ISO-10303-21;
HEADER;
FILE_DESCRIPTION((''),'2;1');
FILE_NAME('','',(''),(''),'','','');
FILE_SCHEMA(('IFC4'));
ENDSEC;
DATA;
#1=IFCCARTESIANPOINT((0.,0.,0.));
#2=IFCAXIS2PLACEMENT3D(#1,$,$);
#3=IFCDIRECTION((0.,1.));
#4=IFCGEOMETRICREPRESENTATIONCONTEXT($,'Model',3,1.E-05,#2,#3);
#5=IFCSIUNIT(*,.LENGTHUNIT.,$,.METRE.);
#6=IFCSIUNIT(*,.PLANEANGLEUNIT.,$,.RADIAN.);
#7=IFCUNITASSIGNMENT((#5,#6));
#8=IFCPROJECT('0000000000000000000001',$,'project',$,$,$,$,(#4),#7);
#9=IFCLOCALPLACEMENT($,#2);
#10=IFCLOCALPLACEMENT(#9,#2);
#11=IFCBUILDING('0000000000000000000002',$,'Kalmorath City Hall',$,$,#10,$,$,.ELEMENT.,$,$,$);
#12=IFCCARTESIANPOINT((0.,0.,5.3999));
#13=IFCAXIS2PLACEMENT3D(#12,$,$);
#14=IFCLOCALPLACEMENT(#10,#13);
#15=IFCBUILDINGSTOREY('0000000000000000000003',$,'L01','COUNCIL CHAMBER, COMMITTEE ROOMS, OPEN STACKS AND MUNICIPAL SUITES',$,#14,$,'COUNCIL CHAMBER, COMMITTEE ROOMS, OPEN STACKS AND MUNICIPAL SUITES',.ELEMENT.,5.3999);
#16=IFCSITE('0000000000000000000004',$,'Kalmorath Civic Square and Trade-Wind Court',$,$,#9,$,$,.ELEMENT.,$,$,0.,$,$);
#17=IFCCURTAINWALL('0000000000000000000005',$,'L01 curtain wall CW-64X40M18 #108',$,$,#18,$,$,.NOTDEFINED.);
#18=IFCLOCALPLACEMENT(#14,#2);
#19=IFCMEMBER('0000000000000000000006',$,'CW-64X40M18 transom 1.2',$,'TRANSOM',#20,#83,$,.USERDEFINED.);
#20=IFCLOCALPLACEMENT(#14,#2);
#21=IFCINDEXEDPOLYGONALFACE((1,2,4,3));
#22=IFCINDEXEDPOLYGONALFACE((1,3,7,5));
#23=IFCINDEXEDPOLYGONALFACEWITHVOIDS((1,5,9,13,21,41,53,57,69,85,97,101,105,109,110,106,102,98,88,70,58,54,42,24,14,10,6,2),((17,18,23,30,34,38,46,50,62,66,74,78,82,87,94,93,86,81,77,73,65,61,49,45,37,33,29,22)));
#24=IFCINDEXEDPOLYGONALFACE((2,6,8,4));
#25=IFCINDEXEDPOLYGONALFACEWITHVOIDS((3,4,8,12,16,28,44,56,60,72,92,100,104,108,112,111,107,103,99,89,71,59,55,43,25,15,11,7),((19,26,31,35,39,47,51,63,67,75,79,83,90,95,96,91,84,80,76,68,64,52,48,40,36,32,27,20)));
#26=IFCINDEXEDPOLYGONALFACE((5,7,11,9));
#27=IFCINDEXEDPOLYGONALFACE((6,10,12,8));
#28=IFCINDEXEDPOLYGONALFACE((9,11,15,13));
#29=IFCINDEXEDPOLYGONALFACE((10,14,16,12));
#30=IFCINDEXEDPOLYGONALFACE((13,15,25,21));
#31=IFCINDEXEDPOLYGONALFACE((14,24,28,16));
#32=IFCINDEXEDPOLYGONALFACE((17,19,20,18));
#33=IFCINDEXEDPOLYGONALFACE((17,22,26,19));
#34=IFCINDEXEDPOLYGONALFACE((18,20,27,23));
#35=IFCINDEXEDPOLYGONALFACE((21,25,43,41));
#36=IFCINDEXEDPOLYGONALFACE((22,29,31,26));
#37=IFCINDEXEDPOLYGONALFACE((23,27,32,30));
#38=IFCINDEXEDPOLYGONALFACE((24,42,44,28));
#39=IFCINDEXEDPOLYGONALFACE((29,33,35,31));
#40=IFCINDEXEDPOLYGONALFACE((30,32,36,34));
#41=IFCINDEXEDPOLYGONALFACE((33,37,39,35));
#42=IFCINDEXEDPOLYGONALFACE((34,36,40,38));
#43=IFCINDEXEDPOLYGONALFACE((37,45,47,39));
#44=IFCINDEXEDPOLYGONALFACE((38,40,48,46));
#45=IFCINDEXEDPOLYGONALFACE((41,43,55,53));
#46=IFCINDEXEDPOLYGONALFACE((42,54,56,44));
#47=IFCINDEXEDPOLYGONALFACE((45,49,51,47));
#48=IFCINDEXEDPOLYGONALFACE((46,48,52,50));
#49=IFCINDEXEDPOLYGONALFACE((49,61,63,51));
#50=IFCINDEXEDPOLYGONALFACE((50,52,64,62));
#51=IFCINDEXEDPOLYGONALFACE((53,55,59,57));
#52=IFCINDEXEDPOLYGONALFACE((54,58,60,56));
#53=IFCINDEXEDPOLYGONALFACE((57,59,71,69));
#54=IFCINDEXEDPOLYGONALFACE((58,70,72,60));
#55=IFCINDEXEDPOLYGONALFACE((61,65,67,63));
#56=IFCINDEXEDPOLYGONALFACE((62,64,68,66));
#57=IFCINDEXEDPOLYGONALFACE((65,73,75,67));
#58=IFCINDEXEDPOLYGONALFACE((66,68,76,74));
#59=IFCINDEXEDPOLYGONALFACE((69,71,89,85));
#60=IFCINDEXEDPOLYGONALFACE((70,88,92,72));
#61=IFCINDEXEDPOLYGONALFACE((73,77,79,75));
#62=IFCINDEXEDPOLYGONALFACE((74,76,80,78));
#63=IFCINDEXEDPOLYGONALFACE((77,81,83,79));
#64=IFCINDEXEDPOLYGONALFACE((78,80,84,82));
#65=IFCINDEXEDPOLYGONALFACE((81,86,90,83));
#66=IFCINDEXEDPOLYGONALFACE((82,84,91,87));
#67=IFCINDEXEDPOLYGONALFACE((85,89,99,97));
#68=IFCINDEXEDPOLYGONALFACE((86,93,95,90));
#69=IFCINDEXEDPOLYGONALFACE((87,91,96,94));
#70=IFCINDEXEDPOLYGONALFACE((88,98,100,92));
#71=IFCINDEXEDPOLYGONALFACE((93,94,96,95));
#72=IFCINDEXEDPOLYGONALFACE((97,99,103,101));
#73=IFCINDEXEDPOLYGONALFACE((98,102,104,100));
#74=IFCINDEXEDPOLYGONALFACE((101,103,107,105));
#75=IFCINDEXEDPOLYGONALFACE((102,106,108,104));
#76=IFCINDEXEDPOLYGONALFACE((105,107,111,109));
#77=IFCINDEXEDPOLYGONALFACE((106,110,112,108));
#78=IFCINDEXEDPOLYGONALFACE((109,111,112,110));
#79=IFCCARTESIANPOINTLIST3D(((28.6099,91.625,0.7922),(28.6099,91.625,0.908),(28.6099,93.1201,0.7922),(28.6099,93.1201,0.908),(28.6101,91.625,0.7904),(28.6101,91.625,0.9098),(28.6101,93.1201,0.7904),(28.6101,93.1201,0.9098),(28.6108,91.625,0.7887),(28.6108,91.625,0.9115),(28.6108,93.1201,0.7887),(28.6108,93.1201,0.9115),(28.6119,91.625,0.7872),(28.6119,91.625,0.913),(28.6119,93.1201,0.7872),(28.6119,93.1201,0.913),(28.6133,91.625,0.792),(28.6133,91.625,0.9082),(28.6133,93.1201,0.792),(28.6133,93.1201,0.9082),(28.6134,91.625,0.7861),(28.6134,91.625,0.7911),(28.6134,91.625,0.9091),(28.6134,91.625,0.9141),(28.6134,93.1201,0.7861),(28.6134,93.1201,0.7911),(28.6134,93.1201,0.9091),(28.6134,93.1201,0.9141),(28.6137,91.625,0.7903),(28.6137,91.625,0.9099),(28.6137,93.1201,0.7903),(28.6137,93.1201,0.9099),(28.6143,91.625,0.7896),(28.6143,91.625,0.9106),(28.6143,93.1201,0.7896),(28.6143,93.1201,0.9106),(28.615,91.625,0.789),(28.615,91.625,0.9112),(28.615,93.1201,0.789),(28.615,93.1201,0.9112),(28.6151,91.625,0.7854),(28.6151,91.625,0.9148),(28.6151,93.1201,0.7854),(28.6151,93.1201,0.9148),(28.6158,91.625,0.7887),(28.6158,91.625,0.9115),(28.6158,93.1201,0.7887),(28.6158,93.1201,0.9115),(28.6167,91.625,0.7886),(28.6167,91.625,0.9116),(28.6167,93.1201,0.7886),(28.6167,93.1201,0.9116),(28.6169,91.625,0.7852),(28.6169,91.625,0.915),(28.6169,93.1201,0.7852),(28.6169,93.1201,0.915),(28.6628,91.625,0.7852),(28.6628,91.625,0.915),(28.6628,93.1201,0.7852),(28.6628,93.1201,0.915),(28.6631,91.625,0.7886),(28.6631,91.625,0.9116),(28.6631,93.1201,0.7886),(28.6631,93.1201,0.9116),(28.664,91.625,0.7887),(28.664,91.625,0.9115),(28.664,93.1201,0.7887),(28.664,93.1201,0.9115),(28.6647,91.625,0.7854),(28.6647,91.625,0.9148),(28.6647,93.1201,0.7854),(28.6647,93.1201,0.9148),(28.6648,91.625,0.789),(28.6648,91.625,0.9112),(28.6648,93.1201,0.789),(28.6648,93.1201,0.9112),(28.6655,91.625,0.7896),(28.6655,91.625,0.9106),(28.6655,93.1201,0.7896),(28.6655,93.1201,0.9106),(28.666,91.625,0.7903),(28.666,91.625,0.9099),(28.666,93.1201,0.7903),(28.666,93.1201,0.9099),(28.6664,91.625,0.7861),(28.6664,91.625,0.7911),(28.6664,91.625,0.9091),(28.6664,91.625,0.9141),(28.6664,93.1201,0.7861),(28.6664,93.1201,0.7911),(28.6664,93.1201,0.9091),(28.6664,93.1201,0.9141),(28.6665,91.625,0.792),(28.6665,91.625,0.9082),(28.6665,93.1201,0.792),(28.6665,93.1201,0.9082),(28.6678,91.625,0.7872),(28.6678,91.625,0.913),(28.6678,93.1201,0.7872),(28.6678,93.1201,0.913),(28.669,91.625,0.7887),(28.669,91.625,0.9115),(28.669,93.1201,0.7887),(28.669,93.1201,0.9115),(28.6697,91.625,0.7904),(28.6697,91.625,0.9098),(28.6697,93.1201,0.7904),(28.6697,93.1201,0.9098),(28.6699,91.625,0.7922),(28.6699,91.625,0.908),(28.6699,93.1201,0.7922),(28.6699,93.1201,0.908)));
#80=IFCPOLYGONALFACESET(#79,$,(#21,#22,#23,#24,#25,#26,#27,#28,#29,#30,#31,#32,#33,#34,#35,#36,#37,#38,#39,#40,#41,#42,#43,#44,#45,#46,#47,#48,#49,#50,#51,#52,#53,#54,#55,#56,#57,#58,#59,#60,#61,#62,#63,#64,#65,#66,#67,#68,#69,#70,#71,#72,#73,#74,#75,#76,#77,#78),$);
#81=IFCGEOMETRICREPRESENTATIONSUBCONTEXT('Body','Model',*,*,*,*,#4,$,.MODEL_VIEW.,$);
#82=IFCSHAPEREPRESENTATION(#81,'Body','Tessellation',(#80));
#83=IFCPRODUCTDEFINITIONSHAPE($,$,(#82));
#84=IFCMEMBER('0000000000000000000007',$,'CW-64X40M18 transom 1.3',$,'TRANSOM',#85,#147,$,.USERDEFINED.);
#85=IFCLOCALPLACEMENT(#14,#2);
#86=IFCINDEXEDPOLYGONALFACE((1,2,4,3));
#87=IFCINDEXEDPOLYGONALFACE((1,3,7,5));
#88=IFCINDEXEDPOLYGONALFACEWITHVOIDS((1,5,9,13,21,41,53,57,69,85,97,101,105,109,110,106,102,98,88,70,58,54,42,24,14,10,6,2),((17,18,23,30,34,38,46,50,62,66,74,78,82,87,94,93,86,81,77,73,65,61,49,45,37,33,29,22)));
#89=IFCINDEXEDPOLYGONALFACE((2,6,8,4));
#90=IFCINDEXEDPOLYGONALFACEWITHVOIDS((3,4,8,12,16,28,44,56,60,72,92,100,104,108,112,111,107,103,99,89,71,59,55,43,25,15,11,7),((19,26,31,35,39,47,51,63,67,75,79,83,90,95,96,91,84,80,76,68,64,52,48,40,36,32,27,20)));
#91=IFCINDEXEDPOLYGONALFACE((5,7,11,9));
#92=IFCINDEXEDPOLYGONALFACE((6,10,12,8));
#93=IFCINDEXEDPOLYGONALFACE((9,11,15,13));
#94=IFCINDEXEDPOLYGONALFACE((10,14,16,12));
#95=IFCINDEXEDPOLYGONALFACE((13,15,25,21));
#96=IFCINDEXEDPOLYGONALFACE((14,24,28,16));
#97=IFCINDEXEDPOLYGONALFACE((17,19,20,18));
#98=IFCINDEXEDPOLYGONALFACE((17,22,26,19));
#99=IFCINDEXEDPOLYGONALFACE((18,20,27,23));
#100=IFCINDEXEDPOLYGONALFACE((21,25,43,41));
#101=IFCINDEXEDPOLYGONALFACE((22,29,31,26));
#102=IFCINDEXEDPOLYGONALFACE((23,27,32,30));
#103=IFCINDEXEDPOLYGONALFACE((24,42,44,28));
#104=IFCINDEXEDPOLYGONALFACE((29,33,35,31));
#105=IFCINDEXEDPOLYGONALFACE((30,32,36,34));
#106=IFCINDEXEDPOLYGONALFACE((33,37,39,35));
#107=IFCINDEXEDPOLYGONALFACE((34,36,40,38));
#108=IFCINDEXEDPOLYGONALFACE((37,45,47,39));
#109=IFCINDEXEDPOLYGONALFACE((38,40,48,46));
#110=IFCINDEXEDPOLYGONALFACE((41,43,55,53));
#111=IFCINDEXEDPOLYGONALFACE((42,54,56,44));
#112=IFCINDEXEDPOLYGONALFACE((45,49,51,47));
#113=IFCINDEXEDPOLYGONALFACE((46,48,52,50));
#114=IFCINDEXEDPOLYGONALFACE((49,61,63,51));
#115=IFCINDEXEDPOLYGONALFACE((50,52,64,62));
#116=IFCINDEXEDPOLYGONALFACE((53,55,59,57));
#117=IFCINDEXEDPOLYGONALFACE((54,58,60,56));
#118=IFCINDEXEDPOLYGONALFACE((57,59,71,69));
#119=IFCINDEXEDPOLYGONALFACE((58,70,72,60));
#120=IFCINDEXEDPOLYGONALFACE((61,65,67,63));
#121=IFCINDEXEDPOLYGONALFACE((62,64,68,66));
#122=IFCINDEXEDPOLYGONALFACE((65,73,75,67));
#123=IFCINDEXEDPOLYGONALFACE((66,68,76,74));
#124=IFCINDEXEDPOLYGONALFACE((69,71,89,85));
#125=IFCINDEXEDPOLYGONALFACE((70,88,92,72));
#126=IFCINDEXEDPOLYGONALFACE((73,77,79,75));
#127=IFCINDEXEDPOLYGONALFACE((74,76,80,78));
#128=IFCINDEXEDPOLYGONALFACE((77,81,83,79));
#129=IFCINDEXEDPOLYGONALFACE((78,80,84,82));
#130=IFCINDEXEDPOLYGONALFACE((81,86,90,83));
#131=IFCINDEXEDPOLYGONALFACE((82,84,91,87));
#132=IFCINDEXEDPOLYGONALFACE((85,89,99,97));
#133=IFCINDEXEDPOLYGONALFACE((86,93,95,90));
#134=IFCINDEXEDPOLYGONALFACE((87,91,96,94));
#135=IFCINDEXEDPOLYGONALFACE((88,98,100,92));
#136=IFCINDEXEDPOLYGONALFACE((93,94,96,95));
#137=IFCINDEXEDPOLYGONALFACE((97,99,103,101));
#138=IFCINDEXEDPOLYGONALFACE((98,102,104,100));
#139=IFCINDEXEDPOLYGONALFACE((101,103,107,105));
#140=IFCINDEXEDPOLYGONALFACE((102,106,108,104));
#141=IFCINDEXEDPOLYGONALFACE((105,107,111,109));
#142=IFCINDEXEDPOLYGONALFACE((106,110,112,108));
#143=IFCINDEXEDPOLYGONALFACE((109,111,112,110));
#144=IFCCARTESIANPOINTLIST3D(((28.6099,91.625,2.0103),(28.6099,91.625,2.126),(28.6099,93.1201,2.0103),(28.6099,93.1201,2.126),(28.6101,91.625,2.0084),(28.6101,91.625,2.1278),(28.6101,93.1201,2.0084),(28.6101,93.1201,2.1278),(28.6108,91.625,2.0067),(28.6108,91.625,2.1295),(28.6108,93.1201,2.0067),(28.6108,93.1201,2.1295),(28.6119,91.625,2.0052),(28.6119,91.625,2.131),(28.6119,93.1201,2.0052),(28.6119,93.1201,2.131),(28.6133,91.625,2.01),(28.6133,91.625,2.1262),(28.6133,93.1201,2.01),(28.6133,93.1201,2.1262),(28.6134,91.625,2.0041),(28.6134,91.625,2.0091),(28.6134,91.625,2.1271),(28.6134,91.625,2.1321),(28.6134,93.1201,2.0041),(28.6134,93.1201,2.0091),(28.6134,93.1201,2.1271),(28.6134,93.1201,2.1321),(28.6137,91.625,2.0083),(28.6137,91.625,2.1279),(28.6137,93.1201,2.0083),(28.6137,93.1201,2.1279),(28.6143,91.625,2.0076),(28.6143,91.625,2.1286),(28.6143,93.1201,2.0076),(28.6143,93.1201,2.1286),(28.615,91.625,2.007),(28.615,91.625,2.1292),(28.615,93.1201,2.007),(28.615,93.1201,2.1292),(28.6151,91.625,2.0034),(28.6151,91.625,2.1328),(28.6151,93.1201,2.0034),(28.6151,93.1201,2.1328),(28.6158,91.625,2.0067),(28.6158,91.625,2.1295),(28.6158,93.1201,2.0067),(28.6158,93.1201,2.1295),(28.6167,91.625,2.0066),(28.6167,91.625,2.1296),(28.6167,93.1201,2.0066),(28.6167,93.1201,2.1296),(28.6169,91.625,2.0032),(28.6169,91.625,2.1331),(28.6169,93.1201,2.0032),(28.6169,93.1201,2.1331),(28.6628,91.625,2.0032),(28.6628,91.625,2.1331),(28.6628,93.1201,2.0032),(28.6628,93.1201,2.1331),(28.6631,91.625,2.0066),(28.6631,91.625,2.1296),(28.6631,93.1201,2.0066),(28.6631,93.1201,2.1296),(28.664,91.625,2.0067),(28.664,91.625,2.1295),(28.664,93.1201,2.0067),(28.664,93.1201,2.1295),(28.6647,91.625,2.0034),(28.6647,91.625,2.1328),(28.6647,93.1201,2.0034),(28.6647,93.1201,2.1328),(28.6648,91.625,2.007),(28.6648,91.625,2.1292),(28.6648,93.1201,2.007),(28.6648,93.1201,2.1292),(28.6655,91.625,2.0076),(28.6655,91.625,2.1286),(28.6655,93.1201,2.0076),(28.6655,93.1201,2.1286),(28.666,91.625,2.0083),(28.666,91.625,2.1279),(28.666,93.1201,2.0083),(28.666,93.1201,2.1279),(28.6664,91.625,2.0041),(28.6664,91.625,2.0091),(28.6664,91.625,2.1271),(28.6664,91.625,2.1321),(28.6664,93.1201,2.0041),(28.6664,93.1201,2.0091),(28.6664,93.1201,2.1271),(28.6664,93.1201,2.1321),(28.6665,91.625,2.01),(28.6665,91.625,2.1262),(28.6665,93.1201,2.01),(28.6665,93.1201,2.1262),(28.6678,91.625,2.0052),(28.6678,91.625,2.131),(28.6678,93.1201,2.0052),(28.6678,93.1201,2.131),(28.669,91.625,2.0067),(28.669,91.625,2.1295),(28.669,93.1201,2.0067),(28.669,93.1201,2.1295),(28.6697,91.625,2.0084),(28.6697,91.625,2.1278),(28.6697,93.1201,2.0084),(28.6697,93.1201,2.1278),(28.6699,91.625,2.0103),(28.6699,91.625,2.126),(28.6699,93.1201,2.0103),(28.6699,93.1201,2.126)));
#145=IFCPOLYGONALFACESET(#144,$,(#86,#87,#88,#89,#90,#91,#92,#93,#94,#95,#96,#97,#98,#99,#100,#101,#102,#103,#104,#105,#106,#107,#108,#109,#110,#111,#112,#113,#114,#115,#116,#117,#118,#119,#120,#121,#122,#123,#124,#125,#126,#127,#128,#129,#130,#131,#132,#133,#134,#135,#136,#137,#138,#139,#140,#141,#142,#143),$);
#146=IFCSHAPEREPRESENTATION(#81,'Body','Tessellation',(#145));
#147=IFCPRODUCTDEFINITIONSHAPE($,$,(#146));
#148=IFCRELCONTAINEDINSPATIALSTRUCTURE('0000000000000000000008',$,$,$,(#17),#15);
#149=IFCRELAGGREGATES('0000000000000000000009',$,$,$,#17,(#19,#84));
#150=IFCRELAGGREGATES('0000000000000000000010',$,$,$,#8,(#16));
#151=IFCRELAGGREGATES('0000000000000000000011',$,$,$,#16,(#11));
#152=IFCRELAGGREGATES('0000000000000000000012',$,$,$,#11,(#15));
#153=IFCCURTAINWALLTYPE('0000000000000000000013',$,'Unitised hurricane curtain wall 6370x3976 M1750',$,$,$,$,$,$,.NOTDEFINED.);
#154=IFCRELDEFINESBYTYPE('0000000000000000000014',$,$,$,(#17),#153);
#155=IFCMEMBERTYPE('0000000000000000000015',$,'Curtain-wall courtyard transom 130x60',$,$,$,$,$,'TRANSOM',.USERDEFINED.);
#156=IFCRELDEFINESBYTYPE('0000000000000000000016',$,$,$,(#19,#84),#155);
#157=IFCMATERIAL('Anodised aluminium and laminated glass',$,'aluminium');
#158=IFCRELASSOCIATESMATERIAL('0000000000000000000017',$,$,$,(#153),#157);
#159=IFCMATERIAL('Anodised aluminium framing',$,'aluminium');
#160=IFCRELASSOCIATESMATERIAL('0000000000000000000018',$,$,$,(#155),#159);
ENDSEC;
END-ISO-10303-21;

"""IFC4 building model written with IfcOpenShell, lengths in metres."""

from ifc_helpers import new_model, si_unit, direction, frame, origin, origin_2d, place, context, subcontext, project, spatial, hollow_rectangle, extrude, material, material_profile, profile_set, type_object, element, aggregate, save


model = new_model("IFC4")

# Units and contexts
model_context = context("Model", 3, precision=1e-05, world=origin(), true_north=direction((0.0, 1.0)))
body_context = subcontext(model_context, "Body", "Model", "MODEL_VIEW")
ifc_project = project(units=[si_unit("LENGTHUNIT", "METRE"), si_unit("PLANEANGLEUNIT", "RADIAN")], contexts=[model_context])

# Site, building, storey
site_placement = place(None, origin())
site = spatial("IfcSite", under=ifc_project, at=site_placement, Name="Kalmorath Civic Square and Trade-Wind Court", CompositionType="ELEMENT", RefElevation=0.0)
building_placement = place(site_placement, origin())
building = spatial("IfcBuilding", under=site, at=building_placement, Name="Kalmorath City Hall", CompositionType="ELEMENT")
storey_placement = place(building_placement, frame((0.0, 0.0, 5.3999)))
storey = spatial("IfcBuildingStorey", under=building, at=storey_placement, Name="L01", Description="COUNCIL CHAMBER, COMMITTEE ROOMS, OPEN STACKS AND MUNICIPAL SUITES", LongName="COUNCIL CHAMBER, COMMITTEE ROOMS, OPEN STACKS AND MUNICIPAL SUITES", CompositionType="ELEMENT", Elevation=5.3999)

# Curtain wall, members
ifc_material_1 = material(Name="Anodised aluminium and laminated glass", Category="aluminium")
curtain_wall_type = type_object("IfcCurtainWallType", Name="Unitised hurricane curtain wall 6370x3976 M1750", PredefinedType="NOTDEFINED", material=ifc_material_1)
curtain_wall_placement = place(storey_placement, origin())
curtain_wall = element("IfcCurtainWall", 1, at=curtain_wall_placement, inside=storey, type_object=curtain_wall_type, Name="L01 curtain wall CW-64X40M18 #108", PredefinedType="NOTDEFINED")
ifc_material_2 = material(Name="Anodised aluminium framing", Category="aluminium")
ifc_material_profile_1 = material_profile(ifc_material_2, hollow_rectangle(XDim=0.0601, YDim=0.1299, WallThickness=0.0034, InnerFilletRadius=0.0034, OuterFilletRadius=0.0071, at=origin_2d()), Name="ALU-TRN-130X60X3.5")
ifc_profile_set_1 = profile_set([ifc_material_profile_1], Name="Anodised aluminium framing")
member_type_1 = type_object("IfcMemberType", Name="Curtain-wall courtyard transom 130x60", ElementType="TRANSOM", PredefinedType="USERDEFINED", material=ifc_profile_set_1)
member_1_placement = place(storey_placement, frame((28.6399, 93.1201, 0.8501), z_axis=(0.0, -1.0, 0.0), x_axis=(1.0, 0.0, 0.0)))
member_1 = element("IfcMember", 2, at=member_1_placement, type_object=member_type_1, Name="CW-64X40M18 transom 1.2", ObjectType="TRANSOM", PredefinedType="USERDEFINED", context=body_context, shape_type="SweptSolid", body=[
    extrude(hollow_rectangle(XDim=0.0601, YDim=0.1299, WallThickness=0.0034, InnerFilletRadius=0.0034, OuterFilletRadius=0.0071, at=origin_2d()), origin(), (0.0, 0.0, 1.0), 1.4951),
])
member_2_placement = place(storey_placement, frame((28.6399, 93.1201, 2.0681), z_axis=(0.0, -1.0, 0.0), x_axis=(1.0, 0.0, 0.0)))
member_2 = element("IfcMember", 3, at=member_2_placement, type_object=member_type_1, Name="CW-64X40M18 transom 1.3", ObjectType="TRANSOM", PredefinedType="USERDEFINED", context=body_context, shape_type="SweptSolid", body=[
    extrude(hollow_rectangle(XDim=0.0601, YDim=0.1299, WallThickness=0.0034, InnerFilletRadius=0.0034, OuterFilletRadius=0.0071, at=origin_2d()), origin(), (0.0, 0.0, 1.0), 1.4951),
])
aggregate(curtain_wall, [member_1, member_2])

save(model, "model.ifc")
